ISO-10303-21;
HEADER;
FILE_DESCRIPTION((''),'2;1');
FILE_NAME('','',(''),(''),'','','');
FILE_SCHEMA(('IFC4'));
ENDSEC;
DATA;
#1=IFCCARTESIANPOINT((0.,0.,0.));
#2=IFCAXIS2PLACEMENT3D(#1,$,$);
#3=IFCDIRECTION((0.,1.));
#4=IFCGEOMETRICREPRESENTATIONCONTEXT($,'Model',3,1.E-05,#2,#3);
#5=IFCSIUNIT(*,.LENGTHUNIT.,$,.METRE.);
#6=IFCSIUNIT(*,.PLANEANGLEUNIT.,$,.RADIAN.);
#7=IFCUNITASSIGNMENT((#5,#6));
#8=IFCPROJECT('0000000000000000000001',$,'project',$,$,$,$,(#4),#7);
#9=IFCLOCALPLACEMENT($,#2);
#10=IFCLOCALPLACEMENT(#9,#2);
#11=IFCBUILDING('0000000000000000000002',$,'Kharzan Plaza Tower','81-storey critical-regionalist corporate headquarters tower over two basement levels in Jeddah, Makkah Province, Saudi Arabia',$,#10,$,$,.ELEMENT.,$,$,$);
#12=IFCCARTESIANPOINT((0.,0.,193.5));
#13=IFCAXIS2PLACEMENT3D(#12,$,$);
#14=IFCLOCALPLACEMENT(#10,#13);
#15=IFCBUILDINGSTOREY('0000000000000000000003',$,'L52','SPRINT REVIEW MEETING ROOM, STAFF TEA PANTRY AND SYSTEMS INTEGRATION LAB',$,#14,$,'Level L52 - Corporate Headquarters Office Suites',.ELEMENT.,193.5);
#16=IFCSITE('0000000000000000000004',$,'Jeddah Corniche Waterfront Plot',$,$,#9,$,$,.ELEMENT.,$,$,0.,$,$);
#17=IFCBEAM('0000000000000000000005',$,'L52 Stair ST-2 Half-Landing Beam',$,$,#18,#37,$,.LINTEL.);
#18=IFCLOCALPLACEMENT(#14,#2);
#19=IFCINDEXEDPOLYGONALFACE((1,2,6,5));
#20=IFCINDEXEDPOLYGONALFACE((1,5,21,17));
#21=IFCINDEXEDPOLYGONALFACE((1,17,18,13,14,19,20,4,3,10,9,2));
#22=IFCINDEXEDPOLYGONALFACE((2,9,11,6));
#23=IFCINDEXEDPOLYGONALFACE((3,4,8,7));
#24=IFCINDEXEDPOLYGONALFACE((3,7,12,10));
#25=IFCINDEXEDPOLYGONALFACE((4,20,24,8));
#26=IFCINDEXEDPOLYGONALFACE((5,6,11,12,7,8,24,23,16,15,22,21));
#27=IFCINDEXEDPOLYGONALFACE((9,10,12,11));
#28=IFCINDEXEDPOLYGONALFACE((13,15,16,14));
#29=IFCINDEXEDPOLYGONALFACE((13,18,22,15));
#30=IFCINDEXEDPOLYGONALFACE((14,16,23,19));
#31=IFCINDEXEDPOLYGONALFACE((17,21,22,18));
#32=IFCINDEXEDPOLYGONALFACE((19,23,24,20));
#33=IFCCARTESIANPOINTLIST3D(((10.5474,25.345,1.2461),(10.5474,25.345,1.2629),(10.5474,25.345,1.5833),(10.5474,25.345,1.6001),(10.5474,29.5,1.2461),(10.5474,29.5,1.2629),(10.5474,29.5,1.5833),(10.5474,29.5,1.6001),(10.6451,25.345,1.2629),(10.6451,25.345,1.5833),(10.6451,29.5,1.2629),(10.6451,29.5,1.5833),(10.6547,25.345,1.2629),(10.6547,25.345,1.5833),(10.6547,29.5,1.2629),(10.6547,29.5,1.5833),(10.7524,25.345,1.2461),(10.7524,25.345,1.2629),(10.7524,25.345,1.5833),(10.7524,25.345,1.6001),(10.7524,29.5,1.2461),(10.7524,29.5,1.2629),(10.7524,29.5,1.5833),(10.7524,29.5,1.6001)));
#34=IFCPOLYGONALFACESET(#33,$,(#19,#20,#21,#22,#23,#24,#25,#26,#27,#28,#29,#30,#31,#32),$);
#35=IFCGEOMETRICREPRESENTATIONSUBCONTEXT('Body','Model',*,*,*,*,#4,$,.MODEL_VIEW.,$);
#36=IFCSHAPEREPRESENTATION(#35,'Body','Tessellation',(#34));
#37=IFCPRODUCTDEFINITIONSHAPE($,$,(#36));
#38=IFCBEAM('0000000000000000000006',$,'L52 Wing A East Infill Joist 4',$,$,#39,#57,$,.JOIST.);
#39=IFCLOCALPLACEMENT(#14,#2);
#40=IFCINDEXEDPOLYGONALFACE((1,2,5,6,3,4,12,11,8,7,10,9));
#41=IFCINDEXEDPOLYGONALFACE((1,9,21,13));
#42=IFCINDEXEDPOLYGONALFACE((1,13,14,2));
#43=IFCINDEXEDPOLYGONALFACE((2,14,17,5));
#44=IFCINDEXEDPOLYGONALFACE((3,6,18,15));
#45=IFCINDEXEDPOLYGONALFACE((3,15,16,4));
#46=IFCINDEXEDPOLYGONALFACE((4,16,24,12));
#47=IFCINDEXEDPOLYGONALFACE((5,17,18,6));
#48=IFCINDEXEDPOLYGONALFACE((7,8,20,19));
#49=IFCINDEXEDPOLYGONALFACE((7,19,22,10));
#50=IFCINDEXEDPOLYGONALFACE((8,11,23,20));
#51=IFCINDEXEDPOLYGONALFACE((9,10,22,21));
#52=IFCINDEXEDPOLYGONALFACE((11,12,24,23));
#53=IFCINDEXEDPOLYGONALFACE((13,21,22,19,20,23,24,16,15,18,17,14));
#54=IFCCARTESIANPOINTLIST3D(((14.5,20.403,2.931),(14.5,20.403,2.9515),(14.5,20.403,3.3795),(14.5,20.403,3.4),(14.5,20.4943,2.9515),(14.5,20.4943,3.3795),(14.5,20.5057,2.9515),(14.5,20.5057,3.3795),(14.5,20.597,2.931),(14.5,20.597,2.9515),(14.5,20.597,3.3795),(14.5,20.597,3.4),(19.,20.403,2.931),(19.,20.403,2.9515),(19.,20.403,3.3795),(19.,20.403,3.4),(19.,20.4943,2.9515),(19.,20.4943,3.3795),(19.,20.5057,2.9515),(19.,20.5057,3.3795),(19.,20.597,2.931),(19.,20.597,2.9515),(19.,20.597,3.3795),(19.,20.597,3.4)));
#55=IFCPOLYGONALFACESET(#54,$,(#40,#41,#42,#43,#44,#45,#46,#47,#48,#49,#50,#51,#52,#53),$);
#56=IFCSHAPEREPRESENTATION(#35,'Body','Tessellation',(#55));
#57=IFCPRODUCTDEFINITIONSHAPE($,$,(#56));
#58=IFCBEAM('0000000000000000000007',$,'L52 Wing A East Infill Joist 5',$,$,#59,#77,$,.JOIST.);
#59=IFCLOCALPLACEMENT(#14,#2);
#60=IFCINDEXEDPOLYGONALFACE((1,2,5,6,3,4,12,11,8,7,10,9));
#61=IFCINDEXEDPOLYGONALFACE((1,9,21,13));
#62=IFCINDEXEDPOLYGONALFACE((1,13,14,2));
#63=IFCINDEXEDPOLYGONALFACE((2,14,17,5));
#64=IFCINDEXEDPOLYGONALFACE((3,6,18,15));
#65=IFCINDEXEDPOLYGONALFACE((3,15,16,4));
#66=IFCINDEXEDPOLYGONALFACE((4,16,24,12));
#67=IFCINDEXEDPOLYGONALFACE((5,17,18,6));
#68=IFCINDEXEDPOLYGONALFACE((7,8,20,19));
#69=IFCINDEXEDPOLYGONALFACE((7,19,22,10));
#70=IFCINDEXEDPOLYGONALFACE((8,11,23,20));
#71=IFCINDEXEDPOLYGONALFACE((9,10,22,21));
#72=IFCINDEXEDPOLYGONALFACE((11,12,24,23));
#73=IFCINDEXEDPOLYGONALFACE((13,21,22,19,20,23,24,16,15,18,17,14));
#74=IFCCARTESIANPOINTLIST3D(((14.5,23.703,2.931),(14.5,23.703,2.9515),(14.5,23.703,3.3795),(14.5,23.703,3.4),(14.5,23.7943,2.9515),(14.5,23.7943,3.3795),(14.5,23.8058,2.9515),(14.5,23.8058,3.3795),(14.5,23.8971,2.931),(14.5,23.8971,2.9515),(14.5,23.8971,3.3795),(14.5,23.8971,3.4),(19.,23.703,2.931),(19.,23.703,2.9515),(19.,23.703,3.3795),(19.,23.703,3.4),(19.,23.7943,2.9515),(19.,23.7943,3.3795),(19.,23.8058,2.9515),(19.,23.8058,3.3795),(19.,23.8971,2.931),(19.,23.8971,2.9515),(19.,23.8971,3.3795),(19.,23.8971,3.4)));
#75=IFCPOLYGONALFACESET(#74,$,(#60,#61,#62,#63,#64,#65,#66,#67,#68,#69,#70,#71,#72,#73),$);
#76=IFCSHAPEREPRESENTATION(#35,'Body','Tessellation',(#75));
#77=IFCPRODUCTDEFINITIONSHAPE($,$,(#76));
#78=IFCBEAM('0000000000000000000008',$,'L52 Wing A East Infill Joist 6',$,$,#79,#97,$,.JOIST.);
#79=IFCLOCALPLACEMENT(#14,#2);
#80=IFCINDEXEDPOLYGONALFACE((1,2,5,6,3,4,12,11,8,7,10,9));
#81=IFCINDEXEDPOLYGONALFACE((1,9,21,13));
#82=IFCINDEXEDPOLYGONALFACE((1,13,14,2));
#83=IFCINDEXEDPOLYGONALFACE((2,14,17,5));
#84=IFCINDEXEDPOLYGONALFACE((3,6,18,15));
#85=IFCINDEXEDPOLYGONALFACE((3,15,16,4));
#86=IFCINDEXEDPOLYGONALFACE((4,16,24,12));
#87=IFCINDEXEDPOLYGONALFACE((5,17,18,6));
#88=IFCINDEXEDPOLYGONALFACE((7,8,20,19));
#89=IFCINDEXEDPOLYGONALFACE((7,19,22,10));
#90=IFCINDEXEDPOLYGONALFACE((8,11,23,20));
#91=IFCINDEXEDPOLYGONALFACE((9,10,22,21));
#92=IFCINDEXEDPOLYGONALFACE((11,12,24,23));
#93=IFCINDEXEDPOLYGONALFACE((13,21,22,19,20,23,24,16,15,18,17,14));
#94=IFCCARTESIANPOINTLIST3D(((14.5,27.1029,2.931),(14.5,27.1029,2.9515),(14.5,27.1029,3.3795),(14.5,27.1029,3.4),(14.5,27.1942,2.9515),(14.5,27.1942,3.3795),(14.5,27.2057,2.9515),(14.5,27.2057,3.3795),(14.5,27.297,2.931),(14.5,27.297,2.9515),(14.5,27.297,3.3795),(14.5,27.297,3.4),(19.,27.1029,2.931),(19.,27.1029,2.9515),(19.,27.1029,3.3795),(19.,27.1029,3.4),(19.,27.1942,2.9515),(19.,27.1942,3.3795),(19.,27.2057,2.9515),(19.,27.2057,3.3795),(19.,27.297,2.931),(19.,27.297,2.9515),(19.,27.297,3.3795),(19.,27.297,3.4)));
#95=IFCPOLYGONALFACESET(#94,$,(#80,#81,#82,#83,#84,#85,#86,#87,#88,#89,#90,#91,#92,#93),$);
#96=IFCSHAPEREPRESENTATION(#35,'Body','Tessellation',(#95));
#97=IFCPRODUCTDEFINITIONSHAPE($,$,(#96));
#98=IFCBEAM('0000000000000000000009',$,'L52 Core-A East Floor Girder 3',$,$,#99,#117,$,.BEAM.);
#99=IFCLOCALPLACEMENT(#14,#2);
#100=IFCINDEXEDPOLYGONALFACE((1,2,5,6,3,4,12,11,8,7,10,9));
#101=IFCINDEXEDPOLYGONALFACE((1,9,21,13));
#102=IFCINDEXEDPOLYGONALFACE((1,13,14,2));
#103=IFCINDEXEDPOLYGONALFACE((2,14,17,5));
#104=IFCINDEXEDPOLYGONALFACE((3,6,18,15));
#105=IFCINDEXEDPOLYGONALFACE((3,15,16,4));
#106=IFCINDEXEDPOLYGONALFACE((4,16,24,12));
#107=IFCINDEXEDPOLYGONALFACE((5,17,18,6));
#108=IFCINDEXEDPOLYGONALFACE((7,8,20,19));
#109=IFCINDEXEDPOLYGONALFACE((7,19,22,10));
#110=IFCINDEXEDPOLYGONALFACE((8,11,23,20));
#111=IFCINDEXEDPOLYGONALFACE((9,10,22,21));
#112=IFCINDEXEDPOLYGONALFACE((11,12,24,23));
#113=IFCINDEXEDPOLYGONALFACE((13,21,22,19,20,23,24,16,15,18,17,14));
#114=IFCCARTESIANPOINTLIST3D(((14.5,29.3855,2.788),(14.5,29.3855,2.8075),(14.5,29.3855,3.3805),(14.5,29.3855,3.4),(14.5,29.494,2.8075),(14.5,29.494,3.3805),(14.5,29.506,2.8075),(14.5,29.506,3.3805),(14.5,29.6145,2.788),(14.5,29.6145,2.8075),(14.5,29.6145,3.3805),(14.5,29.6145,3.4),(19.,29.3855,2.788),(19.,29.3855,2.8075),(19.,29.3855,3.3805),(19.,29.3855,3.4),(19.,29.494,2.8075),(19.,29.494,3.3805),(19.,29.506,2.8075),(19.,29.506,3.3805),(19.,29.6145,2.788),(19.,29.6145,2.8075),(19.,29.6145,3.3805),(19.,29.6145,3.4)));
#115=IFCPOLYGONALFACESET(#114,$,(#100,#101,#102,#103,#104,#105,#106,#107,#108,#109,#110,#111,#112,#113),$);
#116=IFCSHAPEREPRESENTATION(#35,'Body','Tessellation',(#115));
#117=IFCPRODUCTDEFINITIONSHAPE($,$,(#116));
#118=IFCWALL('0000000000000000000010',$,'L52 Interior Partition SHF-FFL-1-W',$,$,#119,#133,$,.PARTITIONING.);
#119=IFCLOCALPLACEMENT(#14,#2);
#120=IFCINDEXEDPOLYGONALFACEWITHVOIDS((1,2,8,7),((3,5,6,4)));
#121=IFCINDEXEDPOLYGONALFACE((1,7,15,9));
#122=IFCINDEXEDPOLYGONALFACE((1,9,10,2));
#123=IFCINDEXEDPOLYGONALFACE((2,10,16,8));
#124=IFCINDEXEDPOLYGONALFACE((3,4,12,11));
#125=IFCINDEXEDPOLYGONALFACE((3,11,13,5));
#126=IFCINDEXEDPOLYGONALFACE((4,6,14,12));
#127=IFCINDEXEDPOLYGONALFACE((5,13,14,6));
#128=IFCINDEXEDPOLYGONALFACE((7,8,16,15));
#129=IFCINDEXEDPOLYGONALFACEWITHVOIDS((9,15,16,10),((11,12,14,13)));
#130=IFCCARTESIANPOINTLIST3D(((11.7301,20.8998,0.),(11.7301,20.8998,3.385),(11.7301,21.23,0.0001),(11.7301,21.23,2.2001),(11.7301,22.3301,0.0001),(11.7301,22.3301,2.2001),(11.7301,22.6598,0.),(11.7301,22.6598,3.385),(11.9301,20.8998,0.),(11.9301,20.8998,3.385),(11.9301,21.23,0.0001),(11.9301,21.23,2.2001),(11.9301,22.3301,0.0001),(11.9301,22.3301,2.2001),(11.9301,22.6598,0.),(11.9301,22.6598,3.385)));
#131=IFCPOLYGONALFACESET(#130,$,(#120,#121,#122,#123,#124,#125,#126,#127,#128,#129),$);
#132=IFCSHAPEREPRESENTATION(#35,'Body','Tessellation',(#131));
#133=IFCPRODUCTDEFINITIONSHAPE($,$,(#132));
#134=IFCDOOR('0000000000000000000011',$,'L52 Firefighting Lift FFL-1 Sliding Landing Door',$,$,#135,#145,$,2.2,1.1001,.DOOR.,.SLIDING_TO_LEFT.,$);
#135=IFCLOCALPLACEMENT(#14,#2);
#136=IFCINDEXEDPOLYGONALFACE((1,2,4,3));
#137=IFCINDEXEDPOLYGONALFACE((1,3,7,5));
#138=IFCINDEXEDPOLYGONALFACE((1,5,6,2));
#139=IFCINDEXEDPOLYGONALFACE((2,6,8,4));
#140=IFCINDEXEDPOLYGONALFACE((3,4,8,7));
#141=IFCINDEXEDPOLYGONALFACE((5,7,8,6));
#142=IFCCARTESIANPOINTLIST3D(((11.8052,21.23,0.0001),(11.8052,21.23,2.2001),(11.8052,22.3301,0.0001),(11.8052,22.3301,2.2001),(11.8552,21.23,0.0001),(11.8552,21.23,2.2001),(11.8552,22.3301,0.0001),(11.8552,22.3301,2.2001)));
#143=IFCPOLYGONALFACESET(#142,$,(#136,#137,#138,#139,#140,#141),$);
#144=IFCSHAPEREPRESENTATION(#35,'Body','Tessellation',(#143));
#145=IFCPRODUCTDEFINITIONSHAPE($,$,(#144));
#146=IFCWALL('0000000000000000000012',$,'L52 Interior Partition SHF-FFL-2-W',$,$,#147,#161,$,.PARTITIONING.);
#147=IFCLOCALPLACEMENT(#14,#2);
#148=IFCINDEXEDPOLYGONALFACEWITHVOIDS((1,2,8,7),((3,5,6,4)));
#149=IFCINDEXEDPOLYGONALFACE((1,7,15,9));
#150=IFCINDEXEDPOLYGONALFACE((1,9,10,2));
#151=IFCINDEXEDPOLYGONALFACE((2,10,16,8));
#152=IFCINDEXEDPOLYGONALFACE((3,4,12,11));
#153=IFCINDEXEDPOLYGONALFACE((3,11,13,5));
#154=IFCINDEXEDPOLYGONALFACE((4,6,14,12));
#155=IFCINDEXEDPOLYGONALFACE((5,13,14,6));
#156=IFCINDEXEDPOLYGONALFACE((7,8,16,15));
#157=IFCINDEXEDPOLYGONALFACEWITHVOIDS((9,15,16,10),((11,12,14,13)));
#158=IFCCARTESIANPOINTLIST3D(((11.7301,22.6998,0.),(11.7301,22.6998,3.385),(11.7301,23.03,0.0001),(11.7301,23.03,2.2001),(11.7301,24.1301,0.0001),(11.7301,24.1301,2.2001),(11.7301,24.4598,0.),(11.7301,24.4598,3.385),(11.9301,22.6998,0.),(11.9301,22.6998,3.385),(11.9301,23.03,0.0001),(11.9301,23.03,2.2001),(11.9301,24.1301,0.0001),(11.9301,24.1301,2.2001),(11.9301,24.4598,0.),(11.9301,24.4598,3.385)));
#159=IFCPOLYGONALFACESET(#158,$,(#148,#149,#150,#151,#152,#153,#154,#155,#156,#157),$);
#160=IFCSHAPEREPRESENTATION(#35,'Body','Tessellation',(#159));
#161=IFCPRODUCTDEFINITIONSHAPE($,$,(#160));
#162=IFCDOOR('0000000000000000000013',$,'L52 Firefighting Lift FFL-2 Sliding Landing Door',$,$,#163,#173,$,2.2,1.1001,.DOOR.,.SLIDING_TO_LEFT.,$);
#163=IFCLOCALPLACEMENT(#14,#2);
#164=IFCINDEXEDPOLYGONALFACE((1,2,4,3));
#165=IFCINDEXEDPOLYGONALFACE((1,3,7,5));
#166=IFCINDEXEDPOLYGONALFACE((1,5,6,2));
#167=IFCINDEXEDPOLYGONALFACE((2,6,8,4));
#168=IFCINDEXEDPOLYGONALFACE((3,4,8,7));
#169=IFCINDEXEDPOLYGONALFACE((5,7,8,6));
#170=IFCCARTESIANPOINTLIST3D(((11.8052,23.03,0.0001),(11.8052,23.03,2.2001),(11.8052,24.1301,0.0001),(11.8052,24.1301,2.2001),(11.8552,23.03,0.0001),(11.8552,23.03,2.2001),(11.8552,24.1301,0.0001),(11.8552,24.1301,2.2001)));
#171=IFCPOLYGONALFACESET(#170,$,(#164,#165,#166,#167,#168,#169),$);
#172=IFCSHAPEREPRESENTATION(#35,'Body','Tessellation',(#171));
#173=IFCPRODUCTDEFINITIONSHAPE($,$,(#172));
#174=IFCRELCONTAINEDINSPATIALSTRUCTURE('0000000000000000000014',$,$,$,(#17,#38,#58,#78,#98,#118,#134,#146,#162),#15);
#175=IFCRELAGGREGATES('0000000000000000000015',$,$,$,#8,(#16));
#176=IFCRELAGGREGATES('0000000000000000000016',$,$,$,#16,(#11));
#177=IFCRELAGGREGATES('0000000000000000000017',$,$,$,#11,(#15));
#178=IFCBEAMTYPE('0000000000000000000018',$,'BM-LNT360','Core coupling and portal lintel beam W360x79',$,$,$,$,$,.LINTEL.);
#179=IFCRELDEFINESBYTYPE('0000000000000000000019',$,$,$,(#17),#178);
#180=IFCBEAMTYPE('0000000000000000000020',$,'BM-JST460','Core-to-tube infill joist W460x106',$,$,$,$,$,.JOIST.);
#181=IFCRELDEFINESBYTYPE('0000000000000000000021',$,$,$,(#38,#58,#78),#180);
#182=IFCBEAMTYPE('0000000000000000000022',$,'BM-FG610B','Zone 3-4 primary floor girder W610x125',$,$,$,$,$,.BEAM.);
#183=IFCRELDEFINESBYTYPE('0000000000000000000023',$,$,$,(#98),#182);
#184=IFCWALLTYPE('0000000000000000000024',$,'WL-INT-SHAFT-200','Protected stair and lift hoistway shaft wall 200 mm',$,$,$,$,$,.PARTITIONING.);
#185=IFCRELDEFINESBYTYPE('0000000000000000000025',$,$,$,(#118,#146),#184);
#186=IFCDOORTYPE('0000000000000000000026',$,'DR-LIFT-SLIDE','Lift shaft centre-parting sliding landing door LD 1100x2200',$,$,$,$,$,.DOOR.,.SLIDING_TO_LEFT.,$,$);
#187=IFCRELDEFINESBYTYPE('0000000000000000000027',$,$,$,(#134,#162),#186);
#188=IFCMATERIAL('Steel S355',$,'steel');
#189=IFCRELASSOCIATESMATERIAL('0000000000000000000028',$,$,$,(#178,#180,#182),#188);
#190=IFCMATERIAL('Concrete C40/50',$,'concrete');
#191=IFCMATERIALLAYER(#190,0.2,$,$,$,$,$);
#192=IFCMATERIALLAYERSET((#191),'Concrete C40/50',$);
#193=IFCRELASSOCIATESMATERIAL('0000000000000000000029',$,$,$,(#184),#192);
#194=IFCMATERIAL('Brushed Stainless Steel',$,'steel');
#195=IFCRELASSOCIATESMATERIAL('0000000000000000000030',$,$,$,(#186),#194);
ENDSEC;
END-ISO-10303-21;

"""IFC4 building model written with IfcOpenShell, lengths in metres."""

from ifc_helpers import new_model, si_unit, direction, frame, frame_2d, origin, origin_2d, place, context, subcontext, project, spatial, rectangle, i_section, extrude, source, transform, mapped, material, layer, layer_set, material_profile, profile_set, type_object, element, fill, save


model = new_model("IFC4")

# Units and contexts
model_context = context("Model", 3, precision=1e-05, world=origin(), true_north=direction((0.0, 1.0)))
body_context = subcontext(model_context, "Body", "Model", "MODEL_VIEW")
ifc_project = project(units=[si_unit("LENGTHUNIT", "METRE"), si_unit("PLANEANGLEUNIT", "RADIAN")], contexts=[model_context])

# Site, building, storey
site_placement = place(None, origin())
site = spatial("IfcSite", under=ifc_project, at=site_placement, Name="Jeddah Corniche Waterfront Plot", CompositionType="ELEMENT", RefElevation=0.0)
building_placement = place(site_placement, origin())
building = spatial("IfcBuilding", under=site, at=building_placement, Name="Kharzan Plaza Tower", Description="81-storey critical-regionalist corporate headquarters tower over two basement levels in Jeddah, Makkah Province, Saudi Arabia", CompositionType="ELEMENT")
storey_placement = place(building_placement, frame((0.0, 0.0, 193.5)))
storey = spatial("IfcBuildingStorey", under=building, at=storey_placement, Name="L52", Description="SPRINT REVIEW MEETING ROOM, STAFF TEA PANTRY AND SYSTEMS INTEGRATION LAB", LongName="Level L52 - Corporate Headquarters Office Suites", CompositionType="ELEMENT", Elevation=193.5)

# Beams
ifc_material_1 = material(Name="Steel S355", Category="steel")
ifc_material_profile_1 = material_profile(ifc_material_1, i_section(OverallWidth=0.2051, OverallDepth=0.354, WebThickness=0.0095, FlangeThickness=0.0168, at=origin_2d()), Name="W360x79")
ifc_profile_set_1 = profile_set([ifc_material_profile_1], Name="Steel S355")
beam_type_1 = type_object("IfcBeamType", Name="BM-LNT360", Description="Core coupling and portal lintel beam W360x79", PredefinedType="LINTEL", material=ifc_profile_set_1)
shared_shape_1 = source(origin(), body_context, "Body", "SweptSolid", [
    extrude(i_section(OverallWidth=0.2051, OverallDepth=0.354, WebThickness=0.0095, FlangeThickness=0.0168, at=origin_2d()), origin(), (0.0, 0.0, 1.0), 4.155),
])
beam_1_placement = place(storey_placement, frame((10.6499, 25.345, 1.4231), z_axis=(0.0, 1.0, 0.0), x_axis=(-1.0, 0.0, 0.0)))
element("IfcBeam", 1, at=beam_1_placement, inside=storey, type_object=beam_type_1, Name="L52 Stair ST-2 Half-Landing Beam", PredefinedType="LINTEL", context=body_context, shape_type="MappedRepresentation", body=[
    mapped(shared_shape_1, transform((0.0, 0.0, 0.0), x_axis=(1.0, 0.0, 0.0), y_axis=(0.0, 1.0, 0.0), z_axis=(0.0, 0.0, 1.0))),
])
ifc_material_profile_2 = material_profile(ifc_material_1, i_section(OverallWidth=0.1941, OverallDepth=0.469, WebThickness=0.0115, FlangeThickness=0.0205, at=origin_2d()), Name="W460x106")
ifc_profile_set_2 = profile_set([ifc_material_profile_2], Name="Steel S355")
beam_type_2 = type_object("IfcBeamType", Name="BM-JST460", Description="Core-to-tube infill joist W460x106", PredefinedType="JOIST", material=ifc_profile_set_2)
shared_shape_2 = source(origin(), body_context, "Body", "SweptSolid", [
    extrude(i_section(OverallWidth=0.1941, OverallDepth=0.469, WebThickness=0.0115, FlangeThickness=0.0205, at=origin_2d()), origin(), (0.0, 0.0, 1.0), 4.5),
])
for number, where, z_axis, x_axis, name in (
    (2, (14.5, 20.5, 3.1655), (1.0, 0.0, 0.0), (0.0, 1.0, 0.0), "L52 Wing A East Infill Joist 4"),
    (3, (14.5, 23.8, 3.1655), (1.0, 0.0, 0.0), (0.0, 1.0, 0.0), "L52 Wing A East Infill Joist 5"),
    (4, (14.5, 27.2, 3.1655), (1.0, 0.0, 0.0), (0.0, 1.0, 0.0), "L52 Wing A East Infill Joist 6"),
):
    element("IfcBeam", number, at=place(storey_placement, frame(where, z_axis=z_axis, x_axis=x_axis)), inside=storey, type_object=beam_type_2, Name=name, PredefinedType="JOIST", context=body_context, shape_type="MappedRepresentation", body=[
        mapped(shared_shape_2, transform((0.0, 0.0, 0.0), x_axis=(1.0, 0.0, 0.0), y_axis=(0.0, 1.0, 0.0), z_axis=(0.0, 0.0, 1.0))),
    ])
ifc_material_profile_3 = material_profile(ifc_material_1, i_section(OverallWidth=0.229, OverallDepth=0.6121, WebThickness=0.012, FlangeThickness=0.0195, at=origin_2d()), Name="W610x125")
ifc_profile_set_3 = profile_set([ifc_material_profile_3], Name="Steel S355")
beam_type_3 = type_object("IfcBeamType", Name="BM-FG610B", Description="Zone 3-4 primary floor girder W610x125", PredefinedType="BEAM", material=ifc_profile_set_3)
shared_shape_3 = source(origin(), body_context, "Body", "SweptSolid", [
    extrude(i_section(OverallWidth=0.229, OverallDepth=0.6121, WebThickness=0.012, FlangeThickness=0.0195, at=origin_2d()), origin(), (0.0, 0.0, 1.0), 4.5),
])
beam_2_placement = place(storey_placement, frame((14.5, 29.5, 3.094), z_axis=(1.0, 0.0, 0.0), x_axis=(0.0, 1.0, 0.0)))
element("IfcBeam", 5, at=beam_2_placement, inside=storey, type_object=beam_type_3, Name="L52 Core-A East Floor Girder 3", PredefinedType="BEAM", context=body_context, shape_type="MappedRepresentation", body=[
    mapped(shared_shape_3, transform((0.0, 0.0, 0.0), x_axis=(1.0, 0.0, 0.0), y_axis=(0.0, 1.0, 0.0), z_axis=(0.0, 0.0, 1.0))),
])

# Walls, openings, doors
ifc_material_2 = material(Name="Concrete C40/50", Category="concrete")
ifc_layer_1 = layer(ifc_material_2, 0.2)
ifc_layer_set_1 = layer_set([ifc_layer_1], Name="Concrete C40/50")
wall_type_1 = type_object("IfcWallType", Name="WL-INT-SHAFT-200", Description="Protected stair and lift hoistway shaft wall 200 mm", PredefinedType="PARTITIONING", material=ifc_layer_set_1)
wall_1_placement = place(storey_placement, frame((11.8301, 20.8999, 0.0), z_axis=(0.0, 0.0, 1.0), x_axis=(0.0, 1.0, 0.0)))
wall_1 = element("IfcWall", 6, at=wall_1_placement, inside=storey, type_object=wall_type_1, Name="L52 Interior Partition SHF-FFL-1-W", PredefinedType="PARTITIONING", context=body_context, shape_type="SweptSolid", body=[
    extrude(rectangle(XDim=1.76, YDim=0.2, at=frame_2d((0.8799, 0.0))), origin(), (0.0, 0.0, 1.0), 3.385),
])
opening_1_placement = place(wall_1_placement, frame((0.3301, 0.0, 0.0)))
opening_1 = element("IfcOpeningElement", 7, at=opening_1_placement, cuts=wall_1, PredefinedType="OPENING", context=body_context, shape_type="SweptSolid", body=[
    extrude(rectangle(XDim=1.1001, YDim=2.2, at=frame_2d((0.55, 1.1001))), frame((0.0, 0.1099, 0.0), z_axis=(0.0, -1.0, 0.0), x_axis=(1.0, 0.0, 0.0)), (0.0, 0.0, 1.0), 0.22),
])
ifc_material_3 = material(Name="Brushed Stainless Steel", Category="steel")
door_type_1 = type_object("IfcDoorType", Name="DR-LIFT-SLIDE", Description="Lift shaft centre-parting sliding landing door LD 1100x2200", OperationType="SLIDING_TO_LEFT", PredefinedType="DOOR", material=ifc_material_3)
shared_shape_4 = source(origin(), body_context, "Body", "SweptSolid", [
    extrude(rectangle(XDim=1.1001, YDim=2.2, at=frame_2d((0.55, 1.1001))), frame((0.0, 0.0249, 0.0), z_axis=(0.0, -1.0, 0.0), x_axis=(1.0, 0.0, 0.0)), (0.0, 0.0, 1.0), 0.05),
])
door_1_placement = place(opening_1_placement, origin())
door_1 = element("IfcDoor", 8, at=door_1_placement, inside=storey, type_object=door_type_1, Name="L52 Firefighting Lift FFL-1 Sliding Landing Door", OperationType="SLIDING_TO_LEFT", OverallHeight=2.2, OverallWidth=1.1001, PredefinedType="DOOR", context=body_context, shape_type="MappedRepresentation", body=[
    mapped(shared_shape_4, transform((0.0, 0.0, 0.0), x_axis=(1.0, 0.0, 0.0), y_axis=(0.0, 1.0, 0.0), z_axis=(0.0, 0.0, 1.0))),
])
fill(opening_1, door_1)
wall_2_placement = place(storey_placement, frame((11.8301, 22.7, 0.0), z_axis=(0.0, 0.0, 1.0), x_axis=(0.0, 1.0, 0.0)))
wall_2 = element("IfcWall", 9, at=wall_2_placement, inside=storey, type_object=wall_type_1, Name="L52 Interior Partition SHF-FFL-2-W", PredefinedType="PARTITIONING", context=body_context, shape_type="SweptSolid", body=[
    extrude(rectangle(XDim=1.76, YDim=0.2, at=frame_2d((0.8799, 0.0))), origin(), (0.0, 0.0, 1.0), 3.385),
])
opening_2_placement = place(wall_2_placement, frame((0.3301, 0.0, 0.0)))
opening_2 = element("IfcOpeningElement", 10, at=opening_2_placement, cuts=wall_2, PredefinedType="OPENING", context=body_context, shape_type="SweptSolid", body=[
    extrude(rectangle(XDim=1.1001, YDim=2.2, at=frame_2d((0.55, 1.1001))), frame((0.0, 0.1099, 0.0), z_axis=(0.0, -1.0, 0.0), x_axis=(1.0, 0.0, 0.0)), (0.0, 0.0, 1.0), 0.22),
])
door_2_placement = place(opening_2_placement, origin())
door_2 = element("IfcDoor", 11, at=door_2_placement, inside=storey, type_object=door_type_1, Name="L52 Firefighting Lift FFL-2 Sliding Landing Door", OperationType="SLIDING_TO_LEFT", OverallHeight=2.2, OverallWidth=1.1001, PredefinedType="DOOR", context=body_context, shape_type="MappedRepresentation", body=[
    mapped(shared_shape_4, transform((0.0, 0.0, 0.0), x_axis=(1.0, 0.0, 0.0), y_axis=(0.0, 1.0, 0.0), z_axis=(0.0, 0.0, 1.0))),
])
fill(opening_2, door_2)

save(model, "model.ifc")
